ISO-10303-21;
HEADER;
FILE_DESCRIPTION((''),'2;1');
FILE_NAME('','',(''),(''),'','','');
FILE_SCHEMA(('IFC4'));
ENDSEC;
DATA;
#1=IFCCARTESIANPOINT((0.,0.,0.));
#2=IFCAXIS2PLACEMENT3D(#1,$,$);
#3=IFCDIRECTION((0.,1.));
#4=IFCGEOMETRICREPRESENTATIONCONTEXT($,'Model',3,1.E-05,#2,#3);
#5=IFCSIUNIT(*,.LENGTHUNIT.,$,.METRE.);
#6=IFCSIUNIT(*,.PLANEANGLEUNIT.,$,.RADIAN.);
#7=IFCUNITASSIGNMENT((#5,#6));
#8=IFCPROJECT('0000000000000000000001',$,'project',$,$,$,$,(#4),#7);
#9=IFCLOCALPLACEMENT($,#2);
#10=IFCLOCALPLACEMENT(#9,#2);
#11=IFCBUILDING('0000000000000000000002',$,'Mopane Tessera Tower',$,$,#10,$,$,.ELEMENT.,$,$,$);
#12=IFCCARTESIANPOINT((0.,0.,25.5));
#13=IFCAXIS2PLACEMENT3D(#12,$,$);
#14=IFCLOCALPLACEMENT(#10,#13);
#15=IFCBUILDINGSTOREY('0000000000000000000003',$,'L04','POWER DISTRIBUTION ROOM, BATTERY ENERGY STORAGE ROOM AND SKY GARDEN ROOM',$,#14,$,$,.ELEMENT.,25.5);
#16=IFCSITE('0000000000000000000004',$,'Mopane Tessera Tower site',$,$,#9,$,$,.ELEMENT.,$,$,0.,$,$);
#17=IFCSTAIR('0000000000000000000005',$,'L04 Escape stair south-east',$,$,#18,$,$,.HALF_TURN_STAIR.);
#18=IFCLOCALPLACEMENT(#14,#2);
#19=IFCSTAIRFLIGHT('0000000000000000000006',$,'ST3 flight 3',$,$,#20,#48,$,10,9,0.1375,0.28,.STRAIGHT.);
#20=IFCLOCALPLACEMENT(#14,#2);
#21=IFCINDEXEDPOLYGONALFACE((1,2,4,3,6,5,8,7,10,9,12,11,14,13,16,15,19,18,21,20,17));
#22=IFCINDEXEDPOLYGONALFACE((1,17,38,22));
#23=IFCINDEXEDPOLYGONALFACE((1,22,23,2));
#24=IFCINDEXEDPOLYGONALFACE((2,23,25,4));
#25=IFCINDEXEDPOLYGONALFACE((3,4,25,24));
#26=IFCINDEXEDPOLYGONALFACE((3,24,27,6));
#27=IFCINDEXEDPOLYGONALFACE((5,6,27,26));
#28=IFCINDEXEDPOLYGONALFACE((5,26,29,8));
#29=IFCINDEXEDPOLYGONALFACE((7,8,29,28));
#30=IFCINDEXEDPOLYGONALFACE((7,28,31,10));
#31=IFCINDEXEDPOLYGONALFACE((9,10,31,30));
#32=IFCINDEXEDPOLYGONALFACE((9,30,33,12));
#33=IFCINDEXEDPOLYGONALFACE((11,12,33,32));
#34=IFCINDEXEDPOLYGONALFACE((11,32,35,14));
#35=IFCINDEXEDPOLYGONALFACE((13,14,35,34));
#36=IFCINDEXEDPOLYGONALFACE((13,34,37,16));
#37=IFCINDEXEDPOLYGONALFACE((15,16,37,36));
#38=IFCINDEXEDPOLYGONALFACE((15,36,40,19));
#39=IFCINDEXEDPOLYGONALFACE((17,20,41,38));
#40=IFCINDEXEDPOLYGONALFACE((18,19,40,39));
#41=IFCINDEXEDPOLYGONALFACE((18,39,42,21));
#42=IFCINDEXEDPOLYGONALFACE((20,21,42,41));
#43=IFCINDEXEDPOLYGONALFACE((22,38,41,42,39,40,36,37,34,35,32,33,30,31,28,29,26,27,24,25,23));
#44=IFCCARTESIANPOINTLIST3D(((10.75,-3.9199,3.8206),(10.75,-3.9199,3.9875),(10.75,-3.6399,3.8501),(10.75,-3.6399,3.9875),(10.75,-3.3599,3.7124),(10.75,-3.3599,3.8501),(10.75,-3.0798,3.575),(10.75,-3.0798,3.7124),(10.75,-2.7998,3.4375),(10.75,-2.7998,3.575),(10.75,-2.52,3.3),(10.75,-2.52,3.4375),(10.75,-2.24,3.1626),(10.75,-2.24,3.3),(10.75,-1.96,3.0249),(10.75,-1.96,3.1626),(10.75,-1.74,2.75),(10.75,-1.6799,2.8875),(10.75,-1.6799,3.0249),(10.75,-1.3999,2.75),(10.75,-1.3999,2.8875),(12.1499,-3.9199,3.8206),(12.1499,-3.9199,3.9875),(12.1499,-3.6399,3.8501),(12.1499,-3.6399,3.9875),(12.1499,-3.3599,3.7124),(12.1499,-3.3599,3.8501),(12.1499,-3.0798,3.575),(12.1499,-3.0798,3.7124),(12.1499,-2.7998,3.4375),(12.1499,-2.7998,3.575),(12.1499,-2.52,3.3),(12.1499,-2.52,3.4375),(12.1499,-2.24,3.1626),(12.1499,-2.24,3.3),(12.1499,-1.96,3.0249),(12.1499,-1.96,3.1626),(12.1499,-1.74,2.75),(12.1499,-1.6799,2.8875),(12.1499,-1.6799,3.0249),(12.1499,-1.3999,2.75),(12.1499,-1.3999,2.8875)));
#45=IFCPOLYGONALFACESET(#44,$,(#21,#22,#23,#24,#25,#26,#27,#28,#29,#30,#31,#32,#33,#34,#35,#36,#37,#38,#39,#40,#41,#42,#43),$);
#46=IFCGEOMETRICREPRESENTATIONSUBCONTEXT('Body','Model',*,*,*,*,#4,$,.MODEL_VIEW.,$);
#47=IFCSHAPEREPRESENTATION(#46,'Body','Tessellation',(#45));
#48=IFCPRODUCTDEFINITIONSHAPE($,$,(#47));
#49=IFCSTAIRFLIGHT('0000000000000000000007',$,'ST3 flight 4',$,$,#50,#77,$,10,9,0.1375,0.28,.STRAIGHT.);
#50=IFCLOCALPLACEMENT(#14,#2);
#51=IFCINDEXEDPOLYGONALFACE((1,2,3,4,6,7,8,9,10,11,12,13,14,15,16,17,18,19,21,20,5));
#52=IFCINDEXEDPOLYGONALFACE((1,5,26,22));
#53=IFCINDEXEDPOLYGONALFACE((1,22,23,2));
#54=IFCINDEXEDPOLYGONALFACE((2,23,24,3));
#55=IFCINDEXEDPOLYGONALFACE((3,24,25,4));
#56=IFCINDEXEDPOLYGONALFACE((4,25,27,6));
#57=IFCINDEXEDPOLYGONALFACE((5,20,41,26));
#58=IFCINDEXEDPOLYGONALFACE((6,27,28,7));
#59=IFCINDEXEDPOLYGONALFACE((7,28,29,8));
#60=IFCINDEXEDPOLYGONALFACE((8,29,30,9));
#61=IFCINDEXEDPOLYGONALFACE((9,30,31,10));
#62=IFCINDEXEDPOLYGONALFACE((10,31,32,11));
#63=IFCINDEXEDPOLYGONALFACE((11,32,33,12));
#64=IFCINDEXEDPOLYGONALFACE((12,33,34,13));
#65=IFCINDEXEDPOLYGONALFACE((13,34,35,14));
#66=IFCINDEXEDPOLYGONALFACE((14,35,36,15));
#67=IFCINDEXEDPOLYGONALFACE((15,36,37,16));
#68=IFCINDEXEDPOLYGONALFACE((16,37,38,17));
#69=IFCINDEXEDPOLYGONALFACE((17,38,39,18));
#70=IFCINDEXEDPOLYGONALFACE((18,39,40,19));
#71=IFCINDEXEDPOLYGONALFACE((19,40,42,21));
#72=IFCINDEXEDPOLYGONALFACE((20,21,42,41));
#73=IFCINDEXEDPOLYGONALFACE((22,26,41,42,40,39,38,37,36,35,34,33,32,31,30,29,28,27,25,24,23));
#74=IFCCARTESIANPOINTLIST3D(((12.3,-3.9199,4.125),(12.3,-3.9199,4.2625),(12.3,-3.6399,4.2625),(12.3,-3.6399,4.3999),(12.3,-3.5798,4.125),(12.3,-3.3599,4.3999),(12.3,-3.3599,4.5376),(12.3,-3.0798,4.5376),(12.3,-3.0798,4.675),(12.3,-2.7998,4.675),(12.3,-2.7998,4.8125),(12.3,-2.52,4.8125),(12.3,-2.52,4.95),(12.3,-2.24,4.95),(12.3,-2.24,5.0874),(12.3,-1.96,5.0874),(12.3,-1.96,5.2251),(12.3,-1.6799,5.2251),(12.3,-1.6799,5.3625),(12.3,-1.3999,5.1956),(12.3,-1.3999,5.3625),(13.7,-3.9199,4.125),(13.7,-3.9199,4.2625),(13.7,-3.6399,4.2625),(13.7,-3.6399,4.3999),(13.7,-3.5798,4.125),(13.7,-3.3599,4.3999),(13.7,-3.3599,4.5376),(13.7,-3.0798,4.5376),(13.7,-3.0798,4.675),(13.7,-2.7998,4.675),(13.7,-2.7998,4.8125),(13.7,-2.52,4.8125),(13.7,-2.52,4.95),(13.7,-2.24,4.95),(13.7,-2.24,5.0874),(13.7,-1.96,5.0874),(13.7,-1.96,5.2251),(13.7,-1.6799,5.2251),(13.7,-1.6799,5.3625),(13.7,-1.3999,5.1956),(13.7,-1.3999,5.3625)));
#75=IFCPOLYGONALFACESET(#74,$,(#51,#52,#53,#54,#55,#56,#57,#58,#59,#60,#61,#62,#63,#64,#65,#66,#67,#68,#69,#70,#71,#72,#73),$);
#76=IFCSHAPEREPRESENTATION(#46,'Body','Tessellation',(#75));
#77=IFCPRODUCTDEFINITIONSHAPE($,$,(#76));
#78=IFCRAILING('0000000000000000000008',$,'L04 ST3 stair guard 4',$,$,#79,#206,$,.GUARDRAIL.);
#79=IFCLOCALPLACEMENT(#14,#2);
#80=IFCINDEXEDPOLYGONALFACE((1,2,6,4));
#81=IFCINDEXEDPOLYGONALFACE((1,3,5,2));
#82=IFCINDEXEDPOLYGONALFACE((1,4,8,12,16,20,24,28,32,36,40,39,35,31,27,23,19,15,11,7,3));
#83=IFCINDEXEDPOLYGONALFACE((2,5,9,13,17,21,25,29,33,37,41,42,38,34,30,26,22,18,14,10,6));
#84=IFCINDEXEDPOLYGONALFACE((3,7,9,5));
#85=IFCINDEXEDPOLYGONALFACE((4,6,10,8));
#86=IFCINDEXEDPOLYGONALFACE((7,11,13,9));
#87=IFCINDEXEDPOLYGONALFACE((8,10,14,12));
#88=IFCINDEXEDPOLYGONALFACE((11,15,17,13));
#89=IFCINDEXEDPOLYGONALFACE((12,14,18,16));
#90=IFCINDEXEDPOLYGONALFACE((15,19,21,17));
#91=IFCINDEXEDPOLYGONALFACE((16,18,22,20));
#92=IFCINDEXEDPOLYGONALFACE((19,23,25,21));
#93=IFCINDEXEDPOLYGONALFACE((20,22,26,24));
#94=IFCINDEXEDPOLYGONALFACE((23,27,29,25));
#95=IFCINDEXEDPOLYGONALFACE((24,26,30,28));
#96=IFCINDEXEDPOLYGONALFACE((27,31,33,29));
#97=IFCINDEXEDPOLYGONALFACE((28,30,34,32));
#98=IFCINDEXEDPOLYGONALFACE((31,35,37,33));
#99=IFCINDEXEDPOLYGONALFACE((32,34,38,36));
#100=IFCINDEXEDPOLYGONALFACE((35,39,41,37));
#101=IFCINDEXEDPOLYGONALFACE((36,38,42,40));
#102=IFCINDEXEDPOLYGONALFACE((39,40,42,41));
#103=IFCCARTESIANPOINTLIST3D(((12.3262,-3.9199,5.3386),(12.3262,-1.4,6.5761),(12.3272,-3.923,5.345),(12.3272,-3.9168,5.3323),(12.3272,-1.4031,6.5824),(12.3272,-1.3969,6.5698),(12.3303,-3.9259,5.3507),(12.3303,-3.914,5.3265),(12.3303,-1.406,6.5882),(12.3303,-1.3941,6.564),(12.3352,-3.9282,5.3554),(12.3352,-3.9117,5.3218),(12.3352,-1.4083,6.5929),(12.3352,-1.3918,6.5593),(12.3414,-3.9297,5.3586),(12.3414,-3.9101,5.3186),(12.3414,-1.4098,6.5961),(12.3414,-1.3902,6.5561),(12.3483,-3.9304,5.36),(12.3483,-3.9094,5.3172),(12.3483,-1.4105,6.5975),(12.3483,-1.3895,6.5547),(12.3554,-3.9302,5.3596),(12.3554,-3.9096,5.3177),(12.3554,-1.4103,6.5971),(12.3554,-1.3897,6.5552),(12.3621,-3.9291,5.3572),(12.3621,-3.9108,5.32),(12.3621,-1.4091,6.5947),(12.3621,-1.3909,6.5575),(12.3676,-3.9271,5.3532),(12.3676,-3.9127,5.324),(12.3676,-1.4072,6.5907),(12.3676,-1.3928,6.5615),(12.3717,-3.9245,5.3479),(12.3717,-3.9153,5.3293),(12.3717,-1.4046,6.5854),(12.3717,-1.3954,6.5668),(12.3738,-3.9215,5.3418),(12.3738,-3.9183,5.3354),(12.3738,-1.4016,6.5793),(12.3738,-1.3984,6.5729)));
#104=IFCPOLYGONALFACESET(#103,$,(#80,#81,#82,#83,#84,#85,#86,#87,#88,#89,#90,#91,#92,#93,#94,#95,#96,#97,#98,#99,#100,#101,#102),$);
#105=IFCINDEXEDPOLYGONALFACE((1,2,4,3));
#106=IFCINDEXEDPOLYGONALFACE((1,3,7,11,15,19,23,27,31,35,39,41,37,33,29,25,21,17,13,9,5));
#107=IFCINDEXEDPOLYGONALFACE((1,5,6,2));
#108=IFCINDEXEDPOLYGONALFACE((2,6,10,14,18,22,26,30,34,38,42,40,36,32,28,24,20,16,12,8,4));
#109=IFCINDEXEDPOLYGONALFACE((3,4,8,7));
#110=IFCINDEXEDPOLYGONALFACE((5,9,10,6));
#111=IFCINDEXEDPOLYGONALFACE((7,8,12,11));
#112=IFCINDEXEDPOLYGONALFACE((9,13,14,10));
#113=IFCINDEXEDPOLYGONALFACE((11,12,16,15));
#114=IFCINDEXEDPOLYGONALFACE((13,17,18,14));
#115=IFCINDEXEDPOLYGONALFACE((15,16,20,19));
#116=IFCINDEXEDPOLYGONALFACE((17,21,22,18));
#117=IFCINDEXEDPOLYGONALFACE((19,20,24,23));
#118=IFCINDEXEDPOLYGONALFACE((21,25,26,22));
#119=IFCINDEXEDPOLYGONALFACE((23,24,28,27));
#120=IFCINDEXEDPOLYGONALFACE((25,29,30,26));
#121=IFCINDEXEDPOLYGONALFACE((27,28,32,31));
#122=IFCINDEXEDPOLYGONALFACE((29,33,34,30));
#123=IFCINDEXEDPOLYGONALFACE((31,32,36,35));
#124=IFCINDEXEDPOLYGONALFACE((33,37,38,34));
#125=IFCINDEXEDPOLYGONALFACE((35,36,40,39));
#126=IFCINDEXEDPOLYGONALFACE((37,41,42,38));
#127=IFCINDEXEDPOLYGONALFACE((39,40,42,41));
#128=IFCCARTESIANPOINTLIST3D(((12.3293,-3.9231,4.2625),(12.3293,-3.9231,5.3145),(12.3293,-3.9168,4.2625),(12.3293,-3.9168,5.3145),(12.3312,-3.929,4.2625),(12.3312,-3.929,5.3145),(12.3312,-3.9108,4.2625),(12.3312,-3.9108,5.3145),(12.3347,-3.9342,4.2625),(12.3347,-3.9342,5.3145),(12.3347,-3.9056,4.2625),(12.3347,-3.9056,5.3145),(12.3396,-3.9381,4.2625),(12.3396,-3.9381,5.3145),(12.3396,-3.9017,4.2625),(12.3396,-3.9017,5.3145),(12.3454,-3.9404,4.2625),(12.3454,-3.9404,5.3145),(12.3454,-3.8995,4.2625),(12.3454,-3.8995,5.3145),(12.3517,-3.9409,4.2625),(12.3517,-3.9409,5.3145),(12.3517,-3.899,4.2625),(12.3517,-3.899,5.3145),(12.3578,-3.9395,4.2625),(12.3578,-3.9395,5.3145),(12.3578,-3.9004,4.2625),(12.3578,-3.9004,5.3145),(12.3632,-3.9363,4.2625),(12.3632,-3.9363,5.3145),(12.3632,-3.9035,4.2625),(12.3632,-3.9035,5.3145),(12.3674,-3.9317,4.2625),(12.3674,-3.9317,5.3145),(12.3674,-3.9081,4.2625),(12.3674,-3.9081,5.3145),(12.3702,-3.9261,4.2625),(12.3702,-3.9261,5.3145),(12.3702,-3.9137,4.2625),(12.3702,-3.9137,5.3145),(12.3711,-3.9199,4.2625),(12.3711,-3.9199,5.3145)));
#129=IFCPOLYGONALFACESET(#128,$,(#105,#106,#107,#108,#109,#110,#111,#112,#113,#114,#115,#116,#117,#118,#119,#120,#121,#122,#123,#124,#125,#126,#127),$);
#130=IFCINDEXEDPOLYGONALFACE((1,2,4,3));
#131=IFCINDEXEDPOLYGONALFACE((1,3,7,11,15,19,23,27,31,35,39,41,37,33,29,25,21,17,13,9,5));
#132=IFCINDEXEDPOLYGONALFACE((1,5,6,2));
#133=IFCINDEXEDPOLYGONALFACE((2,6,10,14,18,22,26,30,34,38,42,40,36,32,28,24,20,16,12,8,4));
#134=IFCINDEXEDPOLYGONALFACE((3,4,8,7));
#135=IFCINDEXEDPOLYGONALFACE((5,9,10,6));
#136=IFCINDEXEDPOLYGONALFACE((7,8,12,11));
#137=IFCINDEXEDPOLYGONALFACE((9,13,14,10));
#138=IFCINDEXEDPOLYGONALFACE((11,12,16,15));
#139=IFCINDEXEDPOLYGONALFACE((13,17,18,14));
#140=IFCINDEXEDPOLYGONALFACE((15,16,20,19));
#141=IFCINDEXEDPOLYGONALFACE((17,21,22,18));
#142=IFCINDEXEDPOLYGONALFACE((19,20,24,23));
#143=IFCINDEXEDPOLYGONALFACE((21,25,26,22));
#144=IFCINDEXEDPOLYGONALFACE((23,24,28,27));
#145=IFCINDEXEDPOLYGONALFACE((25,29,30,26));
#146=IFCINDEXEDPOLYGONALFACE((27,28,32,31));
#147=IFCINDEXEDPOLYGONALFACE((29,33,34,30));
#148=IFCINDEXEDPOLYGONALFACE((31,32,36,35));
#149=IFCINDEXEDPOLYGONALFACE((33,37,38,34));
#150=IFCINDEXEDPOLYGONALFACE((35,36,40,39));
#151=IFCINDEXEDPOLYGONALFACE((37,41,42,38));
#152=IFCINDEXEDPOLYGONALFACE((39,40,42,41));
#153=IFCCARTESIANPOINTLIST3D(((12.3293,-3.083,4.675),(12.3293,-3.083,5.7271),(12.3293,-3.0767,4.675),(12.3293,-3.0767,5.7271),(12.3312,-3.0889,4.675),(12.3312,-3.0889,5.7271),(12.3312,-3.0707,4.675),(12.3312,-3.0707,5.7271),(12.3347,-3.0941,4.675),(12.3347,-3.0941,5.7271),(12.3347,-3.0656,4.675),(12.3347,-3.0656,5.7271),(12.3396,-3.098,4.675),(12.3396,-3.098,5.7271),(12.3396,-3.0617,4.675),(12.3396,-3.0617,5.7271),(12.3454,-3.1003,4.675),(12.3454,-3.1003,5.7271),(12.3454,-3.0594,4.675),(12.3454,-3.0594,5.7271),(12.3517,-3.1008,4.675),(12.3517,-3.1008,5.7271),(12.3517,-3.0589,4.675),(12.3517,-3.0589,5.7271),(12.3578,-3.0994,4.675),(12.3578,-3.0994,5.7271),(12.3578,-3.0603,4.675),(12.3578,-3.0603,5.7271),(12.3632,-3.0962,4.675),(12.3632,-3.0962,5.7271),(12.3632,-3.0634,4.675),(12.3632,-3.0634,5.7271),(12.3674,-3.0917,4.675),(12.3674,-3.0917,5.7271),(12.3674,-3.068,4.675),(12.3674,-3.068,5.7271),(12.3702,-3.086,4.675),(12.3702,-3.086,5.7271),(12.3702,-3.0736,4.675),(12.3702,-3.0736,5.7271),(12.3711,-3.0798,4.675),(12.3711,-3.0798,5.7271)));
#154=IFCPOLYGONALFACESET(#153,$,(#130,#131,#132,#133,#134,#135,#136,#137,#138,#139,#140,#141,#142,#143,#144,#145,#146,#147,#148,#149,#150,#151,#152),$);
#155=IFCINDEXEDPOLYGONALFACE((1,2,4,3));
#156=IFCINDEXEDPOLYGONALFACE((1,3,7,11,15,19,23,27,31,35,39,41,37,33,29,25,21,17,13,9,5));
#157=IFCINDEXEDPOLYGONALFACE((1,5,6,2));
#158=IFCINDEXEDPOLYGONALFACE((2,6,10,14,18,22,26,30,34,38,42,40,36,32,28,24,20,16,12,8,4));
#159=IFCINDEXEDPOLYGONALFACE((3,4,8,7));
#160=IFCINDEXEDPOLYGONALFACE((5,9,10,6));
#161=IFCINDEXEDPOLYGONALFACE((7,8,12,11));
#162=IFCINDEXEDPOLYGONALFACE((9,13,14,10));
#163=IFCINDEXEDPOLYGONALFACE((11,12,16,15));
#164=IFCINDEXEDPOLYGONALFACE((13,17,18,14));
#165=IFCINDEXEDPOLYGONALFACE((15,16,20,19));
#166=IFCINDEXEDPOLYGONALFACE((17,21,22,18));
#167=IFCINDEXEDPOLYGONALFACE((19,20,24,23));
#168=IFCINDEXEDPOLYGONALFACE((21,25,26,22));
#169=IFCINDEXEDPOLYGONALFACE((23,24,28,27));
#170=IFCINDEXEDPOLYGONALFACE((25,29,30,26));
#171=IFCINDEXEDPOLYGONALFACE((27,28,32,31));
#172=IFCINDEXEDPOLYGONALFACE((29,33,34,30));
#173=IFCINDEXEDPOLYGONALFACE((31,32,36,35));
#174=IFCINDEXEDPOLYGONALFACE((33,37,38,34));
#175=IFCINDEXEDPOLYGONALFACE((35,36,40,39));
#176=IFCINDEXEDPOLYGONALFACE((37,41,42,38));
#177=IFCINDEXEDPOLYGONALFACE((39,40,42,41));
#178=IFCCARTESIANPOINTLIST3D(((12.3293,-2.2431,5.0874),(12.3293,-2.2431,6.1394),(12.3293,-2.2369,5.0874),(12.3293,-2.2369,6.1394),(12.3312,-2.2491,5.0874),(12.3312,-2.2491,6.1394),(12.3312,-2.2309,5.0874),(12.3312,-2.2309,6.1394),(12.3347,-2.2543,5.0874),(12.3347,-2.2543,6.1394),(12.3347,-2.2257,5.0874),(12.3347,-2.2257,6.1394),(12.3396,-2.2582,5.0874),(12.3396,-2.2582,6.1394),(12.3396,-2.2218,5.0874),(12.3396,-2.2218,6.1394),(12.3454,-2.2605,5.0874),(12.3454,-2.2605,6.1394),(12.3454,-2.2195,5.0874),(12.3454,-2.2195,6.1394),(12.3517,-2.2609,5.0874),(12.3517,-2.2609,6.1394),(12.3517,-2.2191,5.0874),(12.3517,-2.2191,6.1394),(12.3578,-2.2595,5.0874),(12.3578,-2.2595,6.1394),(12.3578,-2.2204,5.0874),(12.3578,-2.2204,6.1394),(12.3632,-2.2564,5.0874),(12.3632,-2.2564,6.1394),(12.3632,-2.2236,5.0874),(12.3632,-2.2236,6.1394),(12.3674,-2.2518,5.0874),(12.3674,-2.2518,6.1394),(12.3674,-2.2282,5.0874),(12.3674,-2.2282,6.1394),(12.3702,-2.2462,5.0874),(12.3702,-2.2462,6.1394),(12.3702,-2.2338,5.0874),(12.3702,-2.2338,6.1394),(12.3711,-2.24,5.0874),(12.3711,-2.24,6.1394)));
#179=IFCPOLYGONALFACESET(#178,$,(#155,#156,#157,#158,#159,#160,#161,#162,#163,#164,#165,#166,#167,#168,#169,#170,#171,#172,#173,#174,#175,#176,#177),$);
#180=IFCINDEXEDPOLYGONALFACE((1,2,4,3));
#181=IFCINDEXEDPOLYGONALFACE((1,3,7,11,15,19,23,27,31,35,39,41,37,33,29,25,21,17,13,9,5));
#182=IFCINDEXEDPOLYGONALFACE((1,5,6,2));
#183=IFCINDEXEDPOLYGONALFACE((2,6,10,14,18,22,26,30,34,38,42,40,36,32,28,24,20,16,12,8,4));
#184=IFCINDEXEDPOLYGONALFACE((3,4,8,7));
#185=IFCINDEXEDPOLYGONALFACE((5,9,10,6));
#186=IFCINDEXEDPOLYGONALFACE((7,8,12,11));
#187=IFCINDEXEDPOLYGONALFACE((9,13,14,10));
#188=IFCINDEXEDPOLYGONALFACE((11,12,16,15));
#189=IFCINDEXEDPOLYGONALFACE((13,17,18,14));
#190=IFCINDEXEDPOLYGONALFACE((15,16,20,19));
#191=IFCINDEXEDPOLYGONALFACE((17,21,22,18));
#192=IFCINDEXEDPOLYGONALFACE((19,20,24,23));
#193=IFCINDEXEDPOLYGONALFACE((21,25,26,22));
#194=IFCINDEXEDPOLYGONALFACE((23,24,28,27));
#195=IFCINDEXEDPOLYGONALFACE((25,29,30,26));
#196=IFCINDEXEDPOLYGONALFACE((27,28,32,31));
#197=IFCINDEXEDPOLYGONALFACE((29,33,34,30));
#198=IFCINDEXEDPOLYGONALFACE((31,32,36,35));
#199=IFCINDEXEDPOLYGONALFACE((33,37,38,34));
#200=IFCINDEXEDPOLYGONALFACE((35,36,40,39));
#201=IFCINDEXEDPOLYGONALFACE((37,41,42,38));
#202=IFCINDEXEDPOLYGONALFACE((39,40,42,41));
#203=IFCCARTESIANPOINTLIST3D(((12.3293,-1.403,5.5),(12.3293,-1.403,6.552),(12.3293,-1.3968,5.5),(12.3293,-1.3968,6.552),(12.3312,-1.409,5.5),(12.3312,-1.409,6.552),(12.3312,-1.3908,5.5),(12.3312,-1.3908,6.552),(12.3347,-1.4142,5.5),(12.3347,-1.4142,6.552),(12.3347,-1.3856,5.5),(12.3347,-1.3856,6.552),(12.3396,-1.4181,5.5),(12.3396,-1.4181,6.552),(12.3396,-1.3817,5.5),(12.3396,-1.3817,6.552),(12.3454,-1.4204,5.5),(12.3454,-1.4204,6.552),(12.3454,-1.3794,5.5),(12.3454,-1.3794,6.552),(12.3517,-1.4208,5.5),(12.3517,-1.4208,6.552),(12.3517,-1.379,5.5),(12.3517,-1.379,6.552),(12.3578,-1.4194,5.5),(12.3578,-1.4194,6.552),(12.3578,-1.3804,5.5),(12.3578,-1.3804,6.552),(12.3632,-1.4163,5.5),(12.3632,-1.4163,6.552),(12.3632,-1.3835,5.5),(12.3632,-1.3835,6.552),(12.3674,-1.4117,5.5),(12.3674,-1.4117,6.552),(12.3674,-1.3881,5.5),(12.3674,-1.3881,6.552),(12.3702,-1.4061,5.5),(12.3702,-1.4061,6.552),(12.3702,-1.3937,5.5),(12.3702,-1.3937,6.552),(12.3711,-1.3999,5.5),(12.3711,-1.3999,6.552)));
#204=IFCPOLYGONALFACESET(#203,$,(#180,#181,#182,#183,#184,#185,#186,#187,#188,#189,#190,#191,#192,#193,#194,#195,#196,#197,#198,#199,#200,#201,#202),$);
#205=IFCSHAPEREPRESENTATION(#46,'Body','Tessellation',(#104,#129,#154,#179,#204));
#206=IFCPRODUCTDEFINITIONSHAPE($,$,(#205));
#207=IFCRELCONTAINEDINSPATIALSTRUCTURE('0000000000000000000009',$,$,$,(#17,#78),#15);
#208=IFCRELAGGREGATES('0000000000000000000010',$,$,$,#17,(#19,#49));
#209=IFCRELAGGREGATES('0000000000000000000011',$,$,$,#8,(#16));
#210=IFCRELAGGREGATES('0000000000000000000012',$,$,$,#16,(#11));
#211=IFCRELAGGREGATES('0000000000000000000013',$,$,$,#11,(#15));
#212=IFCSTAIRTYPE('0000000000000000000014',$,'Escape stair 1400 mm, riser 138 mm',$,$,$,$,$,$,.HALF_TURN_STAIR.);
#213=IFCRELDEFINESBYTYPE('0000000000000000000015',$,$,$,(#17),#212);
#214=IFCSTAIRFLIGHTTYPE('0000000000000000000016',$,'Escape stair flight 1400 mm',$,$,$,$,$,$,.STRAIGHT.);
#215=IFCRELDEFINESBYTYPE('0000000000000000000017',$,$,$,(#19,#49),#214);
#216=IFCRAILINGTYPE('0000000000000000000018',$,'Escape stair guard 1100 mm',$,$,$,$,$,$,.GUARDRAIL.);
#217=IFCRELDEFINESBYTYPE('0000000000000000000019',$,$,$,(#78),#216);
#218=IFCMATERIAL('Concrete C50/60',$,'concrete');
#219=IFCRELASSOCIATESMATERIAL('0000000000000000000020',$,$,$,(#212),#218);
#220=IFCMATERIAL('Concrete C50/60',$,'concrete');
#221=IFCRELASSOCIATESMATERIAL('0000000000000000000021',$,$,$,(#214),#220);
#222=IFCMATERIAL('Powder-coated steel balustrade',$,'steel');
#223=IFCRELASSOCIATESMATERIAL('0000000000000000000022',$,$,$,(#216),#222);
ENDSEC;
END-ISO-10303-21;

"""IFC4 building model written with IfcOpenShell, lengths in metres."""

from ifc_helpers import new_model, si_unit, direction, frame, origin, origin_2d, place, context, subcontext, project, spatial, polyline, circle, outline, extrude, material, type_object, element, aggregate, save


model = new_model("IFC4")

# Units and contexts
model_context = context("Model", 3, precision=1e-05, world=origin(), true_north=direction((0.0, 1.0)))
body_context = subcontext(model_context, "Body", "Model", "MODEL_VIEW")
ifc_project = project(units=[si_unit("LENGTHUNIT", "METRE"), si_unit("PLANEANGLEUNIT", "RADIAN")], contexts=[model_context])

# Site, building, storey
site_placement = place(None, origin())
site = spatial("IfcSite", under=ifc_project, at=site_placement, Name="Mopane Tessera Tower site", CompositionType="ELEMENT", RefElevation=0.0)
building_placement = place(site_placement, origin())
building = spatial("IfcBuilding", under=site, at=building_placement, Name="Mopane Tessera Tower", CompositionType="ELEMENT")
storey_placement = place(building_placement, frame((0.0, 0.0, 25.5)))
storey = spatial("IfcBuildingStorey", under=building, at=storey_placement, Name="L04", Description="POWER DISTRIBUTION ROOM, BATTERY ENERGY STORAGE ROOM AND SKY GARDEN ROOM", CompositionType="ELEMENT", Elevation=25.5)

# Stair, stair flights
ifc_material_1 = material(Name="Concrete C50/60", Category="concrete")
stair_type = type_object("IfcStairType", Name="Escape stair 1400 mm, riser 138 mm", PredefinedType="HALF_TURN_STAIR", material=ifc_material_1)
stair_placement = place(storey_placement, origin())
stair = element("IfcStair", 1, at=stair_placement, inside=storey, type_object=stair_type, Name="L04 Escape stair south-east", PredefinedType="HALF_TURN_STAIR")
ifc_material_2 = material(Name="Concrete C50/60", Category="concrete")
stair_flight_type = type_object("IfcStairFlightType", Name="Escape stair flight 1400 mm", PredefinedType="STRAIGHT", material=ifc_material_2)
stair_flight_1_placement = place(storey_placement, frame((11.45, -1.3999, 2.75), z_axis=(0.0, 0.0, 1.0), x_axis=(0.0, -1.0, 0.0)))
stair_flight_1 = element("IfcStairFlight", 2, at=stair_flight_1_placement, type_object=stair_flight_type, Name="ST3 flight 3", NumberOfRisers=10, NumberOfTreads=9, PredefinedType="STRAIGHT", RiserHeight=0.1375, TreadLength=0.28, context=body_context, shape_type="SweptSolid", body=[
    extrude(outline(polyline([(0.0, 0.0), (0.0, 0.1375), (0.28, 0.1375), (0.28, 0.2749), (0.5601, 0.2749), (0.5601, 0.4126), (0.8401, 0.4126), (0.8401, 0.55), (1.1201, 0.55), (1.1201, 0.6875), (1.3999, 0.6875), (1.3999, 0.825), (1.6799, 0.825), (1.6799, 0.9624), (1.96, 0.9624), (1.96, 1.1001), (2.24, 1.1001), (2.24, 1.2375), (2.52, 1.2375), (2.52, 1.375), (2.52, 1.0706), (0.3401, 0.0), (0.0, 0.0)])), frame((0.0, 0.7, 0.0), z_axis=(0.0, -1.0, 0.0), x_axis=(1.0, 0.0, 0.0)), (0.0, 0.0, 1.0), 1.3999),
])
stair_flight_2_placement = place(storey_placement, frame((13.0, -3.9199, 4.125), z_axis=(0.0, 0.0, 1.0), x_axis=(0.0, 1.0, 0.0)))
stair_flight_2 = element("IfcStairFlight", 3, at=stair_flight_2_placement, type_object=stair_flight_type, Name="ST3 flight 4", NumberOfRisers=10, NumberOfTreads=9, PredefinedType="STRAIGHT", RiserHeight=0.1375, TreadLength=0.28, context=body_context, shape_type="SweptSolid", body=[
    extrude(outline(polyline([(0.0, 0.0), (0.0, 0.1375), (0.28, 0.1375), (0.28, 0.2749), (0.5601, 0.2749), (0.5601, 0.4126), (0.8401, 0.4126), (0.8401, 0.55), (1.1201, 0.55), (1.1201, 0.6875), (1.3999, 0.6875), (1.3999, 0.825), (1.6799, 0.825), (1.6799, 0.9624), (1.96, 0.9624), (1.96, 1.1001), (2.24, 1.1001), (2.24, 1.2375), (2.52, 1.2375), (2.52, 1.375), (2.52, 1.0706), (0.3401, 0.0), (0.0, 0.0)])), frame((0.0, 0.7, 0.0), z_axis=(0.0, -1.0, 0.0), x_axis=(1.0, 0.0, 0.0)), (0.0, 0.0, 1.0), 1.3999),
])
aggregate(stair, [stair_flight_1, stair_flight_2])

# Railing
ifc_material_3 = material(Name="Powder-coated steel balustrade", Category="steel")
railing_type_1 = type_object("IfcRailingType", Name="Escape stair guard 1100 mm", PredefinedType="GUARDRAIL", material=ifc_material_3)
railing_1_placement = place(storey_placement, frame((12.3501, -3.9199, 4.2625)))
element("IfcRailing", 4, at=railing_1_placement, inside=storey, type_object=railing_type_1, Name="L04 ST3 stair guard 4", PredefinedType="GUARDRAIL", context=body_context, shape_type="SweptSolid", body=[
    extrude(circle(Radius=0.0239, at=origin_2d()), frame((0.0, 0.0, 1.0762), z_axis=(0.0, 0.897604, 0.440802), x_axis=(-1.0, 0.0, 0.0)), (0.0, 0.0, 1.0), 2.8074),
    extrude(circle(Radius=0.021, at=origin_2d()), origin(), (0.0, 0.0, 1.0), 1.052),
    extrude(circle(Radius=0.021, at=origin_2d()), frame((0.0, 0.8401, 0.4126)), (0.0, 0.0, 1.0), 1.052),
    extrude(circle(Radius=0.021, at=origin_2d()), frame((0.0, 1.6799, 0.825)), (0.0, 0.0, 1.0), 1.052),
    extrude(circle(Radius=0.021, at=origin_2d()), frame((0.0, 2.52, 1.2375)), (0.0, 0.0, 1.0), 1.052),
])

save(model, "model.ifc")
